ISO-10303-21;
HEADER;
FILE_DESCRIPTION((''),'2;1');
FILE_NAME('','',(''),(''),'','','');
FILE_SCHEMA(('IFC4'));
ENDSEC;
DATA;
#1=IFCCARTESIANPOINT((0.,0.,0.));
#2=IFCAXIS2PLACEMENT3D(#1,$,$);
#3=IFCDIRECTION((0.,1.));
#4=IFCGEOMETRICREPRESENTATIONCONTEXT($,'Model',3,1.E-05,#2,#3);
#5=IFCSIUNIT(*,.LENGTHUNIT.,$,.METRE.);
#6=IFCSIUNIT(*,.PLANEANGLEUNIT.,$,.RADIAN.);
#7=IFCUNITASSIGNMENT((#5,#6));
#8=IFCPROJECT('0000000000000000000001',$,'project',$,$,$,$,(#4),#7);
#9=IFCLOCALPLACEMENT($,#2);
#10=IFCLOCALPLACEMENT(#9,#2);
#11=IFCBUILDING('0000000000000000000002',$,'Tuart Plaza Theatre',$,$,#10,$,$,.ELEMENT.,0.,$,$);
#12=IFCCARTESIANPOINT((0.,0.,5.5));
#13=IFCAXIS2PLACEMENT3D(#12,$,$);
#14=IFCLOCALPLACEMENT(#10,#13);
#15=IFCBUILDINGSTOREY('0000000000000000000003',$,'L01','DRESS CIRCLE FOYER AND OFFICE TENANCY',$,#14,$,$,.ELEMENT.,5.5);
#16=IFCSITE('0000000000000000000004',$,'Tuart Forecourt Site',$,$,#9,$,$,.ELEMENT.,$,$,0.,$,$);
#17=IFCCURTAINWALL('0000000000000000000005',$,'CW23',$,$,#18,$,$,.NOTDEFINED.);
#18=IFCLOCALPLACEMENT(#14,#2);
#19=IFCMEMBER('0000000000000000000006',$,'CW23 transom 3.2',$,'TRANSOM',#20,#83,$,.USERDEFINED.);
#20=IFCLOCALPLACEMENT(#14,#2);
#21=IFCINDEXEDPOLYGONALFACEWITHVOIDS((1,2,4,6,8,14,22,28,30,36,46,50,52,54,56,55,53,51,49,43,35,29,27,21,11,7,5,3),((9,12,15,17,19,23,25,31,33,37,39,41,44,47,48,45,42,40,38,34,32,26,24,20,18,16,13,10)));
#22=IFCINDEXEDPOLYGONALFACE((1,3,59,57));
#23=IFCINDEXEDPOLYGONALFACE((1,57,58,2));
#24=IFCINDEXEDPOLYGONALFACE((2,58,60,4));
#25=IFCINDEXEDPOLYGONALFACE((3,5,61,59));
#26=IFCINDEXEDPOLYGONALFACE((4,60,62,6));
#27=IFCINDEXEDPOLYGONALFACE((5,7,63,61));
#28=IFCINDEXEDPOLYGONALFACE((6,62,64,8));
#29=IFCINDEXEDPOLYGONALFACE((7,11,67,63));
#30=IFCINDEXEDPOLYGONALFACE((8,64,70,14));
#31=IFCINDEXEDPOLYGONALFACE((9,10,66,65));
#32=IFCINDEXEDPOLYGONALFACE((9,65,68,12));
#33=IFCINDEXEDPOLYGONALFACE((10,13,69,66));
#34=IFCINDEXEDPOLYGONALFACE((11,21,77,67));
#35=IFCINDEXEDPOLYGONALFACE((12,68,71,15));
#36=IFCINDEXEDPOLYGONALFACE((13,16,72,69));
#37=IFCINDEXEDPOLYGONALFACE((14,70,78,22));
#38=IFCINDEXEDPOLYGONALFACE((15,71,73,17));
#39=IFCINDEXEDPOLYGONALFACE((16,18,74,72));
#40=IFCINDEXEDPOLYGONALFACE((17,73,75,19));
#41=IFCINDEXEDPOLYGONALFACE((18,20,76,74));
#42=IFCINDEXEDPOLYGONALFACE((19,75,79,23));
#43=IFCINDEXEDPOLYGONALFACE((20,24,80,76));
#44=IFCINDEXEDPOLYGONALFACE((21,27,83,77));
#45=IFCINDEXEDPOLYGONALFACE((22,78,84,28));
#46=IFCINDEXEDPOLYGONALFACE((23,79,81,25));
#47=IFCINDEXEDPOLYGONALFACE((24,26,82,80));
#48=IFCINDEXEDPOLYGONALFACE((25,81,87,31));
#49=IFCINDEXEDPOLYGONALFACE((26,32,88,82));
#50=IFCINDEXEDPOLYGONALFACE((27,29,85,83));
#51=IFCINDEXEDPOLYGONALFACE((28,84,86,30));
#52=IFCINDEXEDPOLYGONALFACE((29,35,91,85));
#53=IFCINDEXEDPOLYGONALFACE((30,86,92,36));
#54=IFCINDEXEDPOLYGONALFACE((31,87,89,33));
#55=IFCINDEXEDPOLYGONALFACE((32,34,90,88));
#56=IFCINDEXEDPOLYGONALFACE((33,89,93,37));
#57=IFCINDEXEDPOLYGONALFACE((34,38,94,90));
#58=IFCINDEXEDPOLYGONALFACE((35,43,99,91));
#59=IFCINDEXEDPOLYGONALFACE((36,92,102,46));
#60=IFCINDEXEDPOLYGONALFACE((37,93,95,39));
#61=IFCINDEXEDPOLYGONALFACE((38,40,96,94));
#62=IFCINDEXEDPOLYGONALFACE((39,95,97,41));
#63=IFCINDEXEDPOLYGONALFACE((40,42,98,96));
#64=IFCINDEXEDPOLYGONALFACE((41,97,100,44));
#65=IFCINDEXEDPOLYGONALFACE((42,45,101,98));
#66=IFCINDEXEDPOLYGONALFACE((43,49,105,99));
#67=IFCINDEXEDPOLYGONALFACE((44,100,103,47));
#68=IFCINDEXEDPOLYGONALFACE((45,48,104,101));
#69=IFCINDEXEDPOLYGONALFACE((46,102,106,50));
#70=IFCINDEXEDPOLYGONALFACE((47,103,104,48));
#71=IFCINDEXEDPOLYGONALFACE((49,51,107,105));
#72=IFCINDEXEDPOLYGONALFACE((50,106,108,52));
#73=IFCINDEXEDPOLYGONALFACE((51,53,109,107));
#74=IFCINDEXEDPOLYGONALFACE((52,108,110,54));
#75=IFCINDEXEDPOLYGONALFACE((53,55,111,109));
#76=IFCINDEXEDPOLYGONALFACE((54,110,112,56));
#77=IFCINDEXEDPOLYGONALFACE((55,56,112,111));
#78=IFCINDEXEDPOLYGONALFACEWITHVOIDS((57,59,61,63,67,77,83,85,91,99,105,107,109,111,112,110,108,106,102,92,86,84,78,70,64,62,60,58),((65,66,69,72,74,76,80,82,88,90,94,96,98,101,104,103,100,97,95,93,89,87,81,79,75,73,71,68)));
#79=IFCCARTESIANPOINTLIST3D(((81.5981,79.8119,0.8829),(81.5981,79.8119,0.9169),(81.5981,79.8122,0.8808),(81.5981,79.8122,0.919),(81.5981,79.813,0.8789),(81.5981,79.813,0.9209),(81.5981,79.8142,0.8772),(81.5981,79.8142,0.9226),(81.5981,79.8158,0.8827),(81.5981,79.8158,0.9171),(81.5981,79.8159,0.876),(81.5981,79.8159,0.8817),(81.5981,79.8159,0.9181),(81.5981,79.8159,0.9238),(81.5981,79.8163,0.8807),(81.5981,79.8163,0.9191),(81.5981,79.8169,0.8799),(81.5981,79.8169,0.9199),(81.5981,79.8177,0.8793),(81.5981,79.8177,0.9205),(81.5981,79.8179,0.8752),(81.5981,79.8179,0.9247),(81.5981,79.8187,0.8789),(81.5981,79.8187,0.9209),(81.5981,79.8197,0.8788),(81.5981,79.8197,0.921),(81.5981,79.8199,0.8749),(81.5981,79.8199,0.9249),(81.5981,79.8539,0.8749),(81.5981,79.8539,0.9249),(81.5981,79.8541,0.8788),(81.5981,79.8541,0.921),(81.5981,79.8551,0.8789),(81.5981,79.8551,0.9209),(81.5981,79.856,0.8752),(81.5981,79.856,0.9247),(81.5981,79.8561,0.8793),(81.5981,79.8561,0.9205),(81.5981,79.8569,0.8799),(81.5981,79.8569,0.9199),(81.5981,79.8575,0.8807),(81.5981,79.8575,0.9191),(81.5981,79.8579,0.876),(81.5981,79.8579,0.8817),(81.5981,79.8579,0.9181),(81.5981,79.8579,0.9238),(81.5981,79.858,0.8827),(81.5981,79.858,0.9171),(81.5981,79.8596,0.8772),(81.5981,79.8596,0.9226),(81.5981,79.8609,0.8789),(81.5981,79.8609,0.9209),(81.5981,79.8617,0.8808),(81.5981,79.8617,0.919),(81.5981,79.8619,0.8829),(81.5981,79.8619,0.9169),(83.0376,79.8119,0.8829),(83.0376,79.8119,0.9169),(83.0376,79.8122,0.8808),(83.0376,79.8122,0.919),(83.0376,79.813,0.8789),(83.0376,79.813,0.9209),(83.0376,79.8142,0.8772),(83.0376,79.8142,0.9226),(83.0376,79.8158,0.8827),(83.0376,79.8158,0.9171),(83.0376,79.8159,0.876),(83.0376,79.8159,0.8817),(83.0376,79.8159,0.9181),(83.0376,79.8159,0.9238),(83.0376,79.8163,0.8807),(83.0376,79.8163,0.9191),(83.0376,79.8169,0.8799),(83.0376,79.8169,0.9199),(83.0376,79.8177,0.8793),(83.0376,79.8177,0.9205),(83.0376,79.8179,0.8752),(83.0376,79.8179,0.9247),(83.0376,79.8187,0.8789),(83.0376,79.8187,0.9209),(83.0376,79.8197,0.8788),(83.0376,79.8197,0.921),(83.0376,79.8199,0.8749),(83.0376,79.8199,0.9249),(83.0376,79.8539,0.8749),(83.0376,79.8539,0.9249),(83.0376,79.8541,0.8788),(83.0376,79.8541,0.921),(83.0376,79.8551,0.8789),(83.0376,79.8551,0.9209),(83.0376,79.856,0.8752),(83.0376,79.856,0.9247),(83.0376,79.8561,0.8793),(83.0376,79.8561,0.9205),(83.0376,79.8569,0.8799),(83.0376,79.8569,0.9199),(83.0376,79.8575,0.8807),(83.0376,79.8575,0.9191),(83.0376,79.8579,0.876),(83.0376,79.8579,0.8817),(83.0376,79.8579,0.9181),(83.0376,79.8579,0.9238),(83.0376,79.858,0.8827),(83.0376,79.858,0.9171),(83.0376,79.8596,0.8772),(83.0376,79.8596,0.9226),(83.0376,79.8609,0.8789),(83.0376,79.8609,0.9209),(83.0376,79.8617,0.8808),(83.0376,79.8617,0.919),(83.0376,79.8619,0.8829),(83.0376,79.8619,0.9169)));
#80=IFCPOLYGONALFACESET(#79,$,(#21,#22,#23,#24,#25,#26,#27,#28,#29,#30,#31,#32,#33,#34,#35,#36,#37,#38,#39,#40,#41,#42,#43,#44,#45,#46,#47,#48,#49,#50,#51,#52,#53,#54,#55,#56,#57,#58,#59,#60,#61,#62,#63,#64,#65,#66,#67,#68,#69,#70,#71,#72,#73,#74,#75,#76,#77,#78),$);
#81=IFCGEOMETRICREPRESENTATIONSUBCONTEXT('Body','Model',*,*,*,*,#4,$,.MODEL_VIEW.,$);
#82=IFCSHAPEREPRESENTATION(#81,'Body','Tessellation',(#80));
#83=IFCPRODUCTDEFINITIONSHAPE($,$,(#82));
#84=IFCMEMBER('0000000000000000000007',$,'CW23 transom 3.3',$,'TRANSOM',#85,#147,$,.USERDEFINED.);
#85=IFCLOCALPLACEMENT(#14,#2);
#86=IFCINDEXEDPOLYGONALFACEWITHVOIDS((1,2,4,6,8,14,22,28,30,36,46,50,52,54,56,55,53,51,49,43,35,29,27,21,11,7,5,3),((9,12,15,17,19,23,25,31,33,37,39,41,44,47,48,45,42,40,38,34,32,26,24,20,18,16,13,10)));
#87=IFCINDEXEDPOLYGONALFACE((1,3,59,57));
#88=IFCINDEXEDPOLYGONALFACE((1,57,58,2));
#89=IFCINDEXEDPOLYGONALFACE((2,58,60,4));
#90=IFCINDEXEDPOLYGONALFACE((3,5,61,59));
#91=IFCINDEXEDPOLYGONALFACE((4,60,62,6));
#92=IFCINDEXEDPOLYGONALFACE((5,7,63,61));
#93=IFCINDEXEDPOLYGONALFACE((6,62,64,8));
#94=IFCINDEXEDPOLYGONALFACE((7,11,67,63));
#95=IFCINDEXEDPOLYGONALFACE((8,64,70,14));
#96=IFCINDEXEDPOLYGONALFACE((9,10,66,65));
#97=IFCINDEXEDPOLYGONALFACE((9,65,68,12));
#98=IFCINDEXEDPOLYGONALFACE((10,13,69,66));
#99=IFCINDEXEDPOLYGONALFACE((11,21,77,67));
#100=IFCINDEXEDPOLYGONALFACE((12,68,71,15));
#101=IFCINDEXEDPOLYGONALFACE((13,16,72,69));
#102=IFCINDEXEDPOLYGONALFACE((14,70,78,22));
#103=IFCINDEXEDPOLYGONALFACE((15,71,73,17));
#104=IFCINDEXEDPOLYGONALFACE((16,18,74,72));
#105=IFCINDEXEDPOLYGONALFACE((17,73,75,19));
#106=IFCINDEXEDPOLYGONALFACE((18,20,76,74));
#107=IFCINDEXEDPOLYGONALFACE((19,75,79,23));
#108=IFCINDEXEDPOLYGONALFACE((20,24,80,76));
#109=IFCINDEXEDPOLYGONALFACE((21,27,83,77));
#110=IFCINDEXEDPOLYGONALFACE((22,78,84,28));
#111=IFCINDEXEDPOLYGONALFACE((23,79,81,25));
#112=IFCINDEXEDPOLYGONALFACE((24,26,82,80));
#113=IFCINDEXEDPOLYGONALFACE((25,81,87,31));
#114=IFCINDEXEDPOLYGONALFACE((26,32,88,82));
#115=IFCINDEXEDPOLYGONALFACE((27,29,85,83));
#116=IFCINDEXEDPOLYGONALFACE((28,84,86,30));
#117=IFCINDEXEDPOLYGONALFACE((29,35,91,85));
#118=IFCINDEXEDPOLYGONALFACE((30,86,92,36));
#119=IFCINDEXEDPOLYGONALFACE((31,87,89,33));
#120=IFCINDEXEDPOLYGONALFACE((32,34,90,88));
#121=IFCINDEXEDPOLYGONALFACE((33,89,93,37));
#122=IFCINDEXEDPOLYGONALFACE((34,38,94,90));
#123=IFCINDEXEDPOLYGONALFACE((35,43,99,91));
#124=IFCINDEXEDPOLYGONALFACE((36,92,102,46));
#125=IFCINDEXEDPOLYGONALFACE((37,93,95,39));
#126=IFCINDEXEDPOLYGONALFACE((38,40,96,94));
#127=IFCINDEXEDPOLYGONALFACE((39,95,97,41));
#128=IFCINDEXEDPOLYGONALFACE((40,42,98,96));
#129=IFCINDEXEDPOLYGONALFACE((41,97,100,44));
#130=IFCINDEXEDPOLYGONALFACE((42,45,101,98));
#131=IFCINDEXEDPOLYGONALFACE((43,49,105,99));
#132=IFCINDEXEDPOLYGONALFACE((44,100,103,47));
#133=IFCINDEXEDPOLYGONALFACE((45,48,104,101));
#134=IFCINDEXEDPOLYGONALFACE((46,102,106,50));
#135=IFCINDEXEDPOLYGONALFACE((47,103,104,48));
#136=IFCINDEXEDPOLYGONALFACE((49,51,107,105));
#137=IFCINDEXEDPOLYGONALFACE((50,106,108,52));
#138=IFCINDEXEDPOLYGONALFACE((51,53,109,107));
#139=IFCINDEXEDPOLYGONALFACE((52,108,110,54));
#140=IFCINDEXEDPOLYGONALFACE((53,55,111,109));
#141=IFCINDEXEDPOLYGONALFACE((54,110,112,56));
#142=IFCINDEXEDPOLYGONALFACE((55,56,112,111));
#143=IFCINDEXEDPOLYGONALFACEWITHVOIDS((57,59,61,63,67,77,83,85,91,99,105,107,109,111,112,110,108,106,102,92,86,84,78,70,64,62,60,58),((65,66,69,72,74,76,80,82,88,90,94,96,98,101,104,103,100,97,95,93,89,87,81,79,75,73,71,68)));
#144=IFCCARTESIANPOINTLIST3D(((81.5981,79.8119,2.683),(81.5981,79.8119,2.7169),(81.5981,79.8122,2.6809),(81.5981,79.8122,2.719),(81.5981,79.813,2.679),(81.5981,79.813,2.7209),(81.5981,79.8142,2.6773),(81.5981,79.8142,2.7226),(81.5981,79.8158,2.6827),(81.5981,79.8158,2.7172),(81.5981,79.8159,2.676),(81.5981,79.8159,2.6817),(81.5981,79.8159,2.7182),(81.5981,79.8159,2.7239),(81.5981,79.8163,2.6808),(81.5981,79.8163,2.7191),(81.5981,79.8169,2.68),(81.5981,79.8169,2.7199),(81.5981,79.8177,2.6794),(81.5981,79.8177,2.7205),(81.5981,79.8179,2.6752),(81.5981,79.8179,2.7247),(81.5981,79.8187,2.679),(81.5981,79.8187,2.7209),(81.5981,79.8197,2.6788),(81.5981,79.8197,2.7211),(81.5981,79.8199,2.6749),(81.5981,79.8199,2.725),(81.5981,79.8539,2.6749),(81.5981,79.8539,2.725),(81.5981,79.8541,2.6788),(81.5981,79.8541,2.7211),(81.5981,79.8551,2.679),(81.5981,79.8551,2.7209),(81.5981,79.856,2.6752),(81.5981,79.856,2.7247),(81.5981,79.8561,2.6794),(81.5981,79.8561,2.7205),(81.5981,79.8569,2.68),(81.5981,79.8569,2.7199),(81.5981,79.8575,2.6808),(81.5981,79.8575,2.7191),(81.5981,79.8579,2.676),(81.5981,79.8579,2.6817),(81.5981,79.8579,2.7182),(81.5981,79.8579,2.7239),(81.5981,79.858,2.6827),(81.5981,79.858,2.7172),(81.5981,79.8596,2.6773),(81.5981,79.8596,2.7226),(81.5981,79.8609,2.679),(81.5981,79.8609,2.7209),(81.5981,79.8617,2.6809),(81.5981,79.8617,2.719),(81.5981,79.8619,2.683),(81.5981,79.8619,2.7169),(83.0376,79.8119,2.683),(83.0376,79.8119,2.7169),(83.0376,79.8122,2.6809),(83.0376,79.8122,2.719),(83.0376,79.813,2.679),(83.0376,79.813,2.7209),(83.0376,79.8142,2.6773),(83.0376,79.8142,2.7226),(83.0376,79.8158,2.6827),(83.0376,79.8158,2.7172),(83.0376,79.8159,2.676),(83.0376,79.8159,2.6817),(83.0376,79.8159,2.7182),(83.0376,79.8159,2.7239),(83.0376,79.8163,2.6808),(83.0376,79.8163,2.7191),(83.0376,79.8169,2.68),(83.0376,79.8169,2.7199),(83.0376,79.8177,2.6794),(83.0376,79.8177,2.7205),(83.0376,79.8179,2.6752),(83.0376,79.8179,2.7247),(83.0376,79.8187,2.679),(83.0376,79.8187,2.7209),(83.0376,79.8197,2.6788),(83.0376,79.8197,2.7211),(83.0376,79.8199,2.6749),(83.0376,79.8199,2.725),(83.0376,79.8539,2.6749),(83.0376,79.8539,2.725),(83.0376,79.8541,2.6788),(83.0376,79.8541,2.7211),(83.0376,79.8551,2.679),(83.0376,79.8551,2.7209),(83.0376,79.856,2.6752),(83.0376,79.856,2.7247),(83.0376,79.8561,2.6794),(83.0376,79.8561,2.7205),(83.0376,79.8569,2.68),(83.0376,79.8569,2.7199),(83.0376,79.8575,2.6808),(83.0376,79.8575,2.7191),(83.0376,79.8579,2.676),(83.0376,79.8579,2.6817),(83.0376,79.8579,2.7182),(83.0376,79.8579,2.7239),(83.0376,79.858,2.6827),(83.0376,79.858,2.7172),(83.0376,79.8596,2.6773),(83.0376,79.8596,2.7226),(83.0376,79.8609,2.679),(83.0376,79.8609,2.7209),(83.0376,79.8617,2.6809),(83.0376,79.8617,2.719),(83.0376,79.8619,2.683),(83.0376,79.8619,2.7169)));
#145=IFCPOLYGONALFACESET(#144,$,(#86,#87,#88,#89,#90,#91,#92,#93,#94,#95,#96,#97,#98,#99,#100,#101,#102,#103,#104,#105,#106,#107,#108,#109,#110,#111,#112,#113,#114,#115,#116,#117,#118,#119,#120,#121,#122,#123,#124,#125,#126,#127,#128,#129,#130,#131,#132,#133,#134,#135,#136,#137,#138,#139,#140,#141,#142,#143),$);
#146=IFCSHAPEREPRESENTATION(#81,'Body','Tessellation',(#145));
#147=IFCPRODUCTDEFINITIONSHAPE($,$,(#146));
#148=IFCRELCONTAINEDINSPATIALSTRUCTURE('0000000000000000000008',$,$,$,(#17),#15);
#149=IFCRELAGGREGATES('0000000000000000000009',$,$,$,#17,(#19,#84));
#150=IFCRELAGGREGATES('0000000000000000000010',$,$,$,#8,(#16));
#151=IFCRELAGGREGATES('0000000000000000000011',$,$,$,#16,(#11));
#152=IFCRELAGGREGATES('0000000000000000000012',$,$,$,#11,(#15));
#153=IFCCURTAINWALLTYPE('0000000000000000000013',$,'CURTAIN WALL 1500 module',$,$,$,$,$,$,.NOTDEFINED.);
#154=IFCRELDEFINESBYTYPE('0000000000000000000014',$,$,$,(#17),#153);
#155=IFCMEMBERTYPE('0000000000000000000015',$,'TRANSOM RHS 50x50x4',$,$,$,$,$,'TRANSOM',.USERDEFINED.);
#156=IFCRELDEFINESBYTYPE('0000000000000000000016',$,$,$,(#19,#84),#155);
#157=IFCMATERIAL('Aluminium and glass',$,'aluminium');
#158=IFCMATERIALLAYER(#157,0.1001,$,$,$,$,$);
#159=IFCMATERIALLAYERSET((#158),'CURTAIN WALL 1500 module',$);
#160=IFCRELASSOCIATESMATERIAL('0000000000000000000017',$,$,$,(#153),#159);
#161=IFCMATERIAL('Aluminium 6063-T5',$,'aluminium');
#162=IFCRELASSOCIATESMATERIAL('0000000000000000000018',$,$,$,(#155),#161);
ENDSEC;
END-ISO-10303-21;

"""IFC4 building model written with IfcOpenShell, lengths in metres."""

from ifc_helpers import new_model, si_unit, direction, frame, origin, origin_2d, place, context, subcontext, project, spatial, hollow_rectangle, extrude, material, layer, layer_set, material_profile, profile_set, type_object, element, aggregate, save


model = new_model("IFC4")

# Units and contexts
model_context = context("Model", 3, precision=1e-05, world=origin(), true_north=direction((0.0, 1.0)))
body_context = subcontext(model_context, "Body", "Model", "MODEL_VIEW")
ifc_project = project(units=[si_unit("LENGTHUNIT", "METRE"), si_unit("PLANEANGLEUNIT", "RADIAN")], contexts=[model_context])

# Site, building, storey
site_placement = place(None, origin())
site = spatial("IfcSite", under=ifc_project, at=site_placement, Name="Tuart Forecourt Site", CompositionType="ELEMENT", RefElevation=0.0)
building_placement = place(site_placement, origin())
building = spatial("IfcBuilding", under=site, at=building_placement, Name="Tuart Plaza Theatre", CompositionType="ELEMENT", ElevationOfRefHeight=0.0)
storey_placement = place(building_placement, frame((0.0, 0.0, 5.5)))
storey = spatial("IfcBuildingStorey", under=building, at=storey_placement, Name="L01", Description="DRESS CIRCLE FOYER AND OFFICE TENANCY", CompositionType="ELEMENT", Elevation=5.5)

# Curtain wall, members
ifc_material_1 = material(Name="Aluminium and glass", Category="aluminium")
ifc_layer_1 = layer(ifc_material_1, 0.1001)
ifc_layer_set_1 = layer_set([ifc_layer_1], Name="CURTAIN WALL 1500 module")
curtain_wall_type = type_object("IfcCurtainWallType", Name="CURTAIN WALL 1500 module", PredefinedType="NOTDEFINED", material=ifc_layer_set_1)
curtain_wall_placement = place(storey_placement, origin())
curtain_wall = element("IfcCurtainWall", 1, at=curtain_wall_placement, inside=storey, type_object=curtain_wall_type, Name="CW23", PredefinedType="NOTDEFINED")
ifc_material_2 = material(Name="Aluminium 6063-T5", Category="aluminium")
ifc_material_profile_1 = material_profile(ifc_material_2, hollow_rectangle(XDim=0.05, YDim=0.05, WallThickness=0.0039, InnerFilletRadius=0.0039, OuterFilletRadius=0.0081, at=origin_2d()), Name="RHS 50x50x4")
ifc_profile_set_1 = profile_set([ifc_material_profile_1], Name="Aluminium 6063-T5")
member_type_1 = type_object("IfcMemberType", Name="TRANSOM RHS 50x50x4", ElementType="TRANSOM", PredefinedType="USERDEFINED", material=ifc_profile_set_1)
member_1_placement = place(storey_placement, frame((81.5981, 79.8369, 0.8999), z_axis=(1.0, 0.0, 0.0), x_axis=(0.0, 1.0, 0.0)))
member_1 = element("IfcMember", 2, at=member_1_placement, type_object=member_type_1, Name="CW23 transom 3.2", ObjectType="TRANSOM", PredefinedType="USERDEFINED", context=body_context, shape_type="SweptSolid", body=[
    extrude(hollow_rectangle(XDim=0.05, YDim=0.05, WallThickness=0.0039, InnerFilletRadius=0.0039, OuterFilletRadius=0.0081, at=origin_2d()), origin(), (0.0, 0.0, 1.0), 1.4395),
])
member_2_placement = place(storey_placement, frame((81.5981, 79.8369, 2.7), z_axis=(1.0, 0.0, 0.0), x_axis=(0.0, 1.0, 0.0)))
member_2 = element("IfcMember", 3, at=member_2_placement, type_object=member_type_1, Name="CW23 transom 3.3", ObjectType="TRANSOM", PredefinedType="USERDEFINED", context=body_context, shape_type="SweptSolid", body=[
    extrude(hollow_rectangle(XDim=0.05, YDim=0.05, WallThickness=0.0039, InnerFilletRadius=0.0039, OuterFilletRadius=0.0081, at=origin_2d()), origin(), (0.0, 0.0, 1.0), 1.4395),
])
aggregate(curtain_wall, [member_1, member_2])

save(model, "model.ifc")
